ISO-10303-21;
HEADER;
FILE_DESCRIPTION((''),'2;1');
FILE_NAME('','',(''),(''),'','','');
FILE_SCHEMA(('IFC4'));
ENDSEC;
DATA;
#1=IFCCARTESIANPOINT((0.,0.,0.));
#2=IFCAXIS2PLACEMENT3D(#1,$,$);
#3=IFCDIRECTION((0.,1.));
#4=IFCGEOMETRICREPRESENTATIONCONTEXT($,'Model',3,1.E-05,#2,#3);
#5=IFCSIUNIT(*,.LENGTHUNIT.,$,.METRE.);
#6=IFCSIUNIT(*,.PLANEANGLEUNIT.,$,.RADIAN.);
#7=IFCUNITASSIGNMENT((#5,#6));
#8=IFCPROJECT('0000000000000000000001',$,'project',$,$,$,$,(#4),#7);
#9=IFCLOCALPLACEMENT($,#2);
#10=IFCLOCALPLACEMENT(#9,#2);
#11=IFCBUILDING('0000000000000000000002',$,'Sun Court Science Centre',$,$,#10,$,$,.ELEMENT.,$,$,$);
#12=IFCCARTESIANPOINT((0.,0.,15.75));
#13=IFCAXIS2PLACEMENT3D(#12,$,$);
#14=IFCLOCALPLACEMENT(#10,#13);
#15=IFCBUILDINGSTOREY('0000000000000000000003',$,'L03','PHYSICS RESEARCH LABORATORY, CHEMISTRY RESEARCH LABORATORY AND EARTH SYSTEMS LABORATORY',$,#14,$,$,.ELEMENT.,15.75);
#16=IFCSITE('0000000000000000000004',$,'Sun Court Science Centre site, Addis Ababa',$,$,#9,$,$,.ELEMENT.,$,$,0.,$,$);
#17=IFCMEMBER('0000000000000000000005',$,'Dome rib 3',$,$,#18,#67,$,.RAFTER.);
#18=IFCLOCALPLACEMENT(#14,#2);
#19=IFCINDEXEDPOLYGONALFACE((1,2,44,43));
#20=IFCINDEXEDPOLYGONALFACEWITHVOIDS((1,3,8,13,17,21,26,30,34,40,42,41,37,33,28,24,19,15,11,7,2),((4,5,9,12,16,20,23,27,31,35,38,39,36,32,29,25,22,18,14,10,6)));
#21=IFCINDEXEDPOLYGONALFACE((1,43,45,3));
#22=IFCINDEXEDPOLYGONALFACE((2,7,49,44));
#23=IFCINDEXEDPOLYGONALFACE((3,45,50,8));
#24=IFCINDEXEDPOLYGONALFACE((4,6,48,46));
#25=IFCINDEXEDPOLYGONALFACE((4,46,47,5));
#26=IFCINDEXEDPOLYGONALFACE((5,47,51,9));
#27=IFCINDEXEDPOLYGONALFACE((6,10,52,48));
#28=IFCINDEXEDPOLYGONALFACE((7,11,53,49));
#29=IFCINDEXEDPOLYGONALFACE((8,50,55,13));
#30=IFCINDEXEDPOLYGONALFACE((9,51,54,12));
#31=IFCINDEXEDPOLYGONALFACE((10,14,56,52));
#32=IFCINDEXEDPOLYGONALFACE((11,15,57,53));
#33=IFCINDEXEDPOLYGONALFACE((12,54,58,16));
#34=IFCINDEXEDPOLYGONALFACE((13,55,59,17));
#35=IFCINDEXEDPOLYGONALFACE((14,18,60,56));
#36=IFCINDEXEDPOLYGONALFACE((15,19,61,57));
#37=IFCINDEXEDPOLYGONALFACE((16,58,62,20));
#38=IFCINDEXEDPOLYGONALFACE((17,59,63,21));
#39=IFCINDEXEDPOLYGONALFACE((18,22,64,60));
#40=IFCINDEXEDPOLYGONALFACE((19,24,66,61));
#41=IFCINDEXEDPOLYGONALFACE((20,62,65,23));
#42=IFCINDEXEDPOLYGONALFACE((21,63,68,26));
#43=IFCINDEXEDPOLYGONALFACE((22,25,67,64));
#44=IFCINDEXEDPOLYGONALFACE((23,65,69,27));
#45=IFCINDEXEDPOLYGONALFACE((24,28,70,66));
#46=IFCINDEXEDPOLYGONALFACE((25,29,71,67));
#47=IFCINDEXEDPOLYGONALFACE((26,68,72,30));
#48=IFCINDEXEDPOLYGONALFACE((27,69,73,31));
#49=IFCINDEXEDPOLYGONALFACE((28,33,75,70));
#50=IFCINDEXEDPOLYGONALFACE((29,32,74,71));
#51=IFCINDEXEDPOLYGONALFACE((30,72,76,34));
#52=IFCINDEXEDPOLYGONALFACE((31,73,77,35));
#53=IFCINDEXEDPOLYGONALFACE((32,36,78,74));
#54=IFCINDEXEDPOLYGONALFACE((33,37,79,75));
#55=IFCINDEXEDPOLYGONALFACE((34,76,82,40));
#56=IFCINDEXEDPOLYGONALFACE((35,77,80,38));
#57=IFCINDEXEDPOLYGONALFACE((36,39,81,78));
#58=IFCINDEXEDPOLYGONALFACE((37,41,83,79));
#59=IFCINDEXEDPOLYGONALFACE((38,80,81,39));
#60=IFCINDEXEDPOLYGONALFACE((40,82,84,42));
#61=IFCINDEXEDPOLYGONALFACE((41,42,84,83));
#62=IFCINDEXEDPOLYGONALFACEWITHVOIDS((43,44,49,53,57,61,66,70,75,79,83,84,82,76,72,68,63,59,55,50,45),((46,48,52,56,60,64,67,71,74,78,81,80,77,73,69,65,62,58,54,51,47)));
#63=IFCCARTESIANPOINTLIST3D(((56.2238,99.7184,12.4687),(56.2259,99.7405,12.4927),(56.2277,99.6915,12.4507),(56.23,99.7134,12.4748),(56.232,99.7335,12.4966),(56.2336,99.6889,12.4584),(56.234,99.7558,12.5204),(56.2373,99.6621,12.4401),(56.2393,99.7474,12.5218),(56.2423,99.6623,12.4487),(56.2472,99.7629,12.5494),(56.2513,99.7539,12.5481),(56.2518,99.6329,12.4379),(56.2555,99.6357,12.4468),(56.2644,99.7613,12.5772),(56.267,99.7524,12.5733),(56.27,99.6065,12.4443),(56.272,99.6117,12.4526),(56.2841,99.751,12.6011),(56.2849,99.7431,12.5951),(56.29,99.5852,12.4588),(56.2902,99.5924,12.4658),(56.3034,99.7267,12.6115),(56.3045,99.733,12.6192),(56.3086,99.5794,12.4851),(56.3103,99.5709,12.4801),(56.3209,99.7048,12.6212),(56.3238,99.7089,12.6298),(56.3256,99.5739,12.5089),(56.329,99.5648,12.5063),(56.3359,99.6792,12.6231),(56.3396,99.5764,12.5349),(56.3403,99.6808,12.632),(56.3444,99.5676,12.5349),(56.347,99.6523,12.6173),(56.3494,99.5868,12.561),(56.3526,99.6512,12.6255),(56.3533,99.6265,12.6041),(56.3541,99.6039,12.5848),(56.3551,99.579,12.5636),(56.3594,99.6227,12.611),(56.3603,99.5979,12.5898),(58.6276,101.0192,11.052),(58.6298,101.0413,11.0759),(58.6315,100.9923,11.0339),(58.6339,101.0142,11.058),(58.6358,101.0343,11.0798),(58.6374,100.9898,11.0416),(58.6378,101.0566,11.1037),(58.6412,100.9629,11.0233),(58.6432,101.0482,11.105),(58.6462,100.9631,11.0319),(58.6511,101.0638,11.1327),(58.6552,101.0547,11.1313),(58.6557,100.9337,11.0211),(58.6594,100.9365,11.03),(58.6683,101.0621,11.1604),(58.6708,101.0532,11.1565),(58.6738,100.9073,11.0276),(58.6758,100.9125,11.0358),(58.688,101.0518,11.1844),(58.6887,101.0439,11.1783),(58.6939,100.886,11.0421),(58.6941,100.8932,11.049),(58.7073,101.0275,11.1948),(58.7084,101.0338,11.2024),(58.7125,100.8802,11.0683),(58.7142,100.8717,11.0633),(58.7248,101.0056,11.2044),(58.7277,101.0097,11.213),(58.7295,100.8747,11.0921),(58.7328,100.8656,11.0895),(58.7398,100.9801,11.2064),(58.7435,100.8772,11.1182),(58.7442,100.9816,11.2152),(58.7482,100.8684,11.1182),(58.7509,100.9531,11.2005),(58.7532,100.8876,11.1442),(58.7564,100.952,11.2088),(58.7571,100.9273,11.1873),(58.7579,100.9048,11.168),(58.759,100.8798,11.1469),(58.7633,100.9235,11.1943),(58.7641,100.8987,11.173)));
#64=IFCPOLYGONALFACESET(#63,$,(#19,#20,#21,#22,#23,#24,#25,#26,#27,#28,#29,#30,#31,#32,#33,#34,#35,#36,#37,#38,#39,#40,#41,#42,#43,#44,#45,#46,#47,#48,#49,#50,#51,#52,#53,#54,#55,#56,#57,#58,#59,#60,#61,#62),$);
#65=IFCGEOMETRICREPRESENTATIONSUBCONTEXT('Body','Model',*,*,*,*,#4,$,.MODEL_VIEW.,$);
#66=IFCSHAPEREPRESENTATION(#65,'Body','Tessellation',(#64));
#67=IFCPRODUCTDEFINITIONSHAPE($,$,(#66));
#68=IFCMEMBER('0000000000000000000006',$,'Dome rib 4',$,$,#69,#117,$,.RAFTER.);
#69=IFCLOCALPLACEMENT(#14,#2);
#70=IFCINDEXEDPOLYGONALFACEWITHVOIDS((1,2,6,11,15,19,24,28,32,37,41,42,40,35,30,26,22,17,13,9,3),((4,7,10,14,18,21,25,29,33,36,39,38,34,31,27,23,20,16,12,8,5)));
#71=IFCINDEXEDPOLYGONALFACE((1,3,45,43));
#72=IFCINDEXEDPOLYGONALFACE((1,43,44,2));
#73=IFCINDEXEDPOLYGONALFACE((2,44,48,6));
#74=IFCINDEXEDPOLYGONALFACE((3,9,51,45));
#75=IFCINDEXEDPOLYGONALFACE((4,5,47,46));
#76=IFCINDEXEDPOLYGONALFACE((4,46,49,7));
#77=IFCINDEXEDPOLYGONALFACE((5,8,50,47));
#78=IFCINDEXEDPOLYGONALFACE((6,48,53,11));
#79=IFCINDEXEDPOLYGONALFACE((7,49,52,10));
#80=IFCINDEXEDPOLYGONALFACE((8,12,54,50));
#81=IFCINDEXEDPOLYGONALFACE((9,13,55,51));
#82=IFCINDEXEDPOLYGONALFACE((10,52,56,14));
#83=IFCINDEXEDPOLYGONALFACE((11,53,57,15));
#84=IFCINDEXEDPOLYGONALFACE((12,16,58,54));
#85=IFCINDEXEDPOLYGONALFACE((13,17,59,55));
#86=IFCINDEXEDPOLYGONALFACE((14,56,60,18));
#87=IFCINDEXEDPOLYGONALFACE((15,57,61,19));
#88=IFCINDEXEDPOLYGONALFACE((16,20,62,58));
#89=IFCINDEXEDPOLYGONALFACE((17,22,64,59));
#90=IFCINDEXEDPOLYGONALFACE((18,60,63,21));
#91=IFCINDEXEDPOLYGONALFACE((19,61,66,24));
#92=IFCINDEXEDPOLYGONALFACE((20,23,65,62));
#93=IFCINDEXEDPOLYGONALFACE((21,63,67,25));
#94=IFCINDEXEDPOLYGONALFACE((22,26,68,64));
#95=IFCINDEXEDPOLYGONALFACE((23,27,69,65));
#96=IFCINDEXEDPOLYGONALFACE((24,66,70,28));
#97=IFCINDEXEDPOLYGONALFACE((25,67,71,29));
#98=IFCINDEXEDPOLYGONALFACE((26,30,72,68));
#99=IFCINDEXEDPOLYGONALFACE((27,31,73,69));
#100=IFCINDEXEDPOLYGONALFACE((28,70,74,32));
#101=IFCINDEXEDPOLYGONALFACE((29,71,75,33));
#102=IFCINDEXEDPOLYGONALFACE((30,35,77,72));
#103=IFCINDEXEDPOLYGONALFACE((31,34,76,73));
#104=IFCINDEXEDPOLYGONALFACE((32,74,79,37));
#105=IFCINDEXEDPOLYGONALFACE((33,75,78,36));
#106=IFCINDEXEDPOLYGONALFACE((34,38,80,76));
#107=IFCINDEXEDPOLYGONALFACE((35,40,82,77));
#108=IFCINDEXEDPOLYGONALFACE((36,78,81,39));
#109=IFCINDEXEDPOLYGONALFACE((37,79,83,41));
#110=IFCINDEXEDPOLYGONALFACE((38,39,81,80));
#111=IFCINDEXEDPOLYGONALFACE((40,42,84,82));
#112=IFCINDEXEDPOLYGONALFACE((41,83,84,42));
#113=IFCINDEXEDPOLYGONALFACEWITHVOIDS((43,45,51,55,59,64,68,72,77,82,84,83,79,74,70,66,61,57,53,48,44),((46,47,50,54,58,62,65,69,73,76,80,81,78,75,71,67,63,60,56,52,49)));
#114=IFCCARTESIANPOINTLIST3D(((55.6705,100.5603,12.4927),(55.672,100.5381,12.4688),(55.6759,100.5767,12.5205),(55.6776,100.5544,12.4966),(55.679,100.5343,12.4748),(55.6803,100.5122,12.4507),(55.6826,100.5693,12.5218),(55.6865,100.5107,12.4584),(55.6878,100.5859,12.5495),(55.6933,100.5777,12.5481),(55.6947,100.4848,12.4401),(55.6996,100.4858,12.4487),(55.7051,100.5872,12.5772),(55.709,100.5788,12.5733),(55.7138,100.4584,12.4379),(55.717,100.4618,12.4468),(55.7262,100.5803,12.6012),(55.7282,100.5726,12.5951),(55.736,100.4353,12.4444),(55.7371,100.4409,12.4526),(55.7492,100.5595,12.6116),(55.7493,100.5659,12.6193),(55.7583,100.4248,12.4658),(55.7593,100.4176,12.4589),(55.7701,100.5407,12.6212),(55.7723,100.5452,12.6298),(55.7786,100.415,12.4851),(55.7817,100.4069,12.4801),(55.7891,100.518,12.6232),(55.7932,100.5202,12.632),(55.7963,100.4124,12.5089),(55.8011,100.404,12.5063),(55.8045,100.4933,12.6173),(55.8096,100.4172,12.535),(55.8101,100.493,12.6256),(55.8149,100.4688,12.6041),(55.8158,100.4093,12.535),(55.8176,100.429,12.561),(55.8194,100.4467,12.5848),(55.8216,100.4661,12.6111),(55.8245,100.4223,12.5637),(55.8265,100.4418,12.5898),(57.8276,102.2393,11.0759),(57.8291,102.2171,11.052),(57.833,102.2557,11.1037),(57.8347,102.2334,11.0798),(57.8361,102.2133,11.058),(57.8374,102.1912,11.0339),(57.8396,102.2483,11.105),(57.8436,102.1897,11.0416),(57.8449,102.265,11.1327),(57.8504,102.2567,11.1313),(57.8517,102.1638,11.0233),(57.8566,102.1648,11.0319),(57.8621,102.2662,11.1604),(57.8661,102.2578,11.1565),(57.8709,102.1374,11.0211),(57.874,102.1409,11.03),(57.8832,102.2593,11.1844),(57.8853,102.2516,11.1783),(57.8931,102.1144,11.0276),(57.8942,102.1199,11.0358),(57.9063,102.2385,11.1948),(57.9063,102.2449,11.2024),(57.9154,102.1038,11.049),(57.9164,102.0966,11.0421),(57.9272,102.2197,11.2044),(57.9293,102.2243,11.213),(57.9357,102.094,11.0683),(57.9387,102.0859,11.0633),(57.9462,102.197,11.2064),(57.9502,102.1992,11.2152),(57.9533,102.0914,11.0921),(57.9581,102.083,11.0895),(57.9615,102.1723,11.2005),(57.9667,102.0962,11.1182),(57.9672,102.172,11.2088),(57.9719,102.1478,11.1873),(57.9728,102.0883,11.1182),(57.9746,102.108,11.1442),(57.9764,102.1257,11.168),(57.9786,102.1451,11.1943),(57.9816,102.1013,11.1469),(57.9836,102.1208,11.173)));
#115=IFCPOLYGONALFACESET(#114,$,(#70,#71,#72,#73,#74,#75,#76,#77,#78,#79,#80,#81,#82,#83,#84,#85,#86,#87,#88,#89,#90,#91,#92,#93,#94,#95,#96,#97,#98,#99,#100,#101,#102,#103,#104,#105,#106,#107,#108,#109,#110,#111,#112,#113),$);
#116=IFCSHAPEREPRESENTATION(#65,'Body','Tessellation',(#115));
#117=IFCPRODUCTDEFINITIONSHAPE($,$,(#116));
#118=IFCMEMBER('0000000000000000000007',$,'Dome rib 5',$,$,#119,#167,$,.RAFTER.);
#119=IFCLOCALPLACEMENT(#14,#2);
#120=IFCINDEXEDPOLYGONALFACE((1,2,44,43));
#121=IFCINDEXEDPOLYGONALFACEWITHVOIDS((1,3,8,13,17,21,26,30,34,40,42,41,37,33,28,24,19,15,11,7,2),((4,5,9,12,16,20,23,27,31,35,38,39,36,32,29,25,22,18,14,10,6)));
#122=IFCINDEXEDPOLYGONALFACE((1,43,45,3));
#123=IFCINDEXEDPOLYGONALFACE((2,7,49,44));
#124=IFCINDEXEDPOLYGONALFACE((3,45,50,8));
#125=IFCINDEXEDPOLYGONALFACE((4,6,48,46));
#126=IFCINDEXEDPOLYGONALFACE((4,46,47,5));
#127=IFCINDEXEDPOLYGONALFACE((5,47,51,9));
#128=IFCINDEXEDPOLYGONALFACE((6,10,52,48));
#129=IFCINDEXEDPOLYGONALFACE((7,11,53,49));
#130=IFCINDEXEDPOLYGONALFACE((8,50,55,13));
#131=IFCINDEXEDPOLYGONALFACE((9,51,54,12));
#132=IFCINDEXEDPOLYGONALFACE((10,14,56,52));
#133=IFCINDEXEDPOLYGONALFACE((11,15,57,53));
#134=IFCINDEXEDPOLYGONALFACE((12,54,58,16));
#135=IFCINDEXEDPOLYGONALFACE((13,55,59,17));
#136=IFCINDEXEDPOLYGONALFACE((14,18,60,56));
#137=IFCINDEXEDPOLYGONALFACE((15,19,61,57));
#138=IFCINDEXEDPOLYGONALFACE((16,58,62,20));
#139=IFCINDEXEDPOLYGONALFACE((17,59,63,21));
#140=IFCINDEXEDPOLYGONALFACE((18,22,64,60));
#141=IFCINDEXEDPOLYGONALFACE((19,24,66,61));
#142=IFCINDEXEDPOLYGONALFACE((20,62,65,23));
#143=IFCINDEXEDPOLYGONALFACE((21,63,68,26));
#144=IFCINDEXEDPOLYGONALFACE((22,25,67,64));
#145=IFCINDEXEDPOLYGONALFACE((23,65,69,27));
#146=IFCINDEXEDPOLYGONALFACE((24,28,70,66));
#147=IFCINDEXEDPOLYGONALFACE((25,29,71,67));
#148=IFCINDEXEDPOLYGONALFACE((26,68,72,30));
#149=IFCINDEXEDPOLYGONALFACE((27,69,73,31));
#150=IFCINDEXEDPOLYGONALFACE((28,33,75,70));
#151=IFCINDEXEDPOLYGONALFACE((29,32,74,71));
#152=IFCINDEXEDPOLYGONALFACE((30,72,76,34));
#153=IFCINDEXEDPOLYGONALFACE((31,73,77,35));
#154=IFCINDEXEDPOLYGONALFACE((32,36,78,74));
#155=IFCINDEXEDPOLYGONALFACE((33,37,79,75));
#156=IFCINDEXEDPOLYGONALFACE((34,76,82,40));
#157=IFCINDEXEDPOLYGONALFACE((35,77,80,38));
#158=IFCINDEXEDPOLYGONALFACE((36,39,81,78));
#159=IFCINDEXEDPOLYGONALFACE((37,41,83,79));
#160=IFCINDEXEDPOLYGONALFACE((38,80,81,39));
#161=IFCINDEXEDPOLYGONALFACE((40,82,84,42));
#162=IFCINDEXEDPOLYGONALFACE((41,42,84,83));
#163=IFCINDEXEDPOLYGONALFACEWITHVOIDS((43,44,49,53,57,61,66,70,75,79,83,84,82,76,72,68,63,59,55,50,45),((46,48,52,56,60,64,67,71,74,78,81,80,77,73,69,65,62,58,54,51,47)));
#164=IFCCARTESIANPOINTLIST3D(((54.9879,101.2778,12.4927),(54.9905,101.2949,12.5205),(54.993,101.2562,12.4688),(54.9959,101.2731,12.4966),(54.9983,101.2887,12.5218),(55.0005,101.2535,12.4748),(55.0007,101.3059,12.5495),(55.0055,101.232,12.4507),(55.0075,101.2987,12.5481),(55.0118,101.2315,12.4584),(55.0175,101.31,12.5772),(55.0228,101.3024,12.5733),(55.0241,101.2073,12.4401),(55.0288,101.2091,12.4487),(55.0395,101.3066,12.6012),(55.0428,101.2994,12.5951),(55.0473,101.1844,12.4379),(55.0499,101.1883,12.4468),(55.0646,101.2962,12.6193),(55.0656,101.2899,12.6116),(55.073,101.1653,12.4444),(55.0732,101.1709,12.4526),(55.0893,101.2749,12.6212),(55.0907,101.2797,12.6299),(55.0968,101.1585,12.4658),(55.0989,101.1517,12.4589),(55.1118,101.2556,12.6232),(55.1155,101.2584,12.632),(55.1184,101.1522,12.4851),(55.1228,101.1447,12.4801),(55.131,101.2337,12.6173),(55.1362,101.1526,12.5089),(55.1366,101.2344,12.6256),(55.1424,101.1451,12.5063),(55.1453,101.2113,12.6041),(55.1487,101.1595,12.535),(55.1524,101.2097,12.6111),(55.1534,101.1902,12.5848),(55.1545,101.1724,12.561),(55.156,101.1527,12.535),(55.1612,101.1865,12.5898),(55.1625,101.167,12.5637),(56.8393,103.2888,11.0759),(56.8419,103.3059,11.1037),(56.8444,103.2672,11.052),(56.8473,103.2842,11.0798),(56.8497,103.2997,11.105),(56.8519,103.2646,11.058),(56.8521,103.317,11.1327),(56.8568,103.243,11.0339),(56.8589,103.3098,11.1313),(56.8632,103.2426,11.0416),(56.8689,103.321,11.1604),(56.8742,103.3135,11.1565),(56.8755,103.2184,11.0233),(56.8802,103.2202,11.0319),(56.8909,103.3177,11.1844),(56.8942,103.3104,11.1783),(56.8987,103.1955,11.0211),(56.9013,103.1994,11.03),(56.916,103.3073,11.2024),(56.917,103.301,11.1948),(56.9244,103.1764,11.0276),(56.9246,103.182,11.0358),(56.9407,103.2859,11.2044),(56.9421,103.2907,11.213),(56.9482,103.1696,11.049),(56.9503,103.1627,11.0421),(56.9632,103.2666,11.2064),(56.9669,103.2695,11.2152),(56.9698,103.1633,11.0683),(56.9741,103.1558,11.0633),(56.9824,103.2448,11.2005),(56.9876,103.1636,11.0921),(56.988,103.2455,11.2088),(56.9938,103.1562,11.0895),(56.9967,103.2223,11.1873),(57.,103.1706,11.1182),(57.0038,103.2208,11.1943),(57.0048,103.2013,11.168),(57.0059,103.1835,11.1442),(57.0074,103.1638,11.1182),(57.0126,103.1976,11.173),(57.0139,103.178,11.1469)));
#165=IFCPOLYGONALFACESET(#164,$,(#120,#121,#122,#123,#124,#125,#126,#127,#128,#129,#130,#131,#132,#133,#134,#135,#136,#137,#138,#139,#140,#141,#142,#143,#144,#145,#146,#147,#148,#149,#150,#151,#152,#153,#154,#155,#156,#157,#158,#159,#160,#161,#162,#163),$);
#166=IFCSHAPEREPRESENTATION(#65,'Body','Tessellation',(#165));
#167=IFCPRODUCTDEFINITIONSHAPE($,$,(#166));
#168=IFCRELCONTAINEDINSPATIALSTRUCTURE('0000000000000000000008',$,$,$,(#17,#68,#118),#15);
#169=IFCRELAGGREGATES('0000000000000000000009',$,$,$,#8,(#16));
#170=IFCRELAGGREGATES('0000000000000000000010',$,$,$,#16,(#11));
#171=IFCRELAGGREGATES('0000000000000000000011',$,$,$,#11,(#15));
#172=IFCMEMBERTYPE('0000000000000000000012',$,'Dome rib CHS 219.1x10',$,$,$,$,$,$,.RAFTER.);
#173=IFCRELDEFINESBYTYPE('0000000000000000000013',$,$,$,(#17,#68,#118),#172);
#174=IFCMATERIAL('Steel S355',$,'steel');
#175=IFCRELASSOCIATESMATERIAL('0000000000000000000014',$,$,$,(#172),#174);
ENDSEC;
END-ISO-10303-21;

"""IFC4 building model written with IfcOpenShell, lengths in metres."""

from ifc_helpers import new_model, si_unit, direction, frame, origin, origin_2d, place, context, subcontext, project, spatial, hollow_circle, extrude, material, material_profile, profile_set, type_object, element, save


model = new_model("IFC4")

# Units and contexts
model_context = context("Model", 3, precision=1e-05, world=origin(), true_north=direction((0.0, 1.0)))
body_context = subcontext(model_context, "Body", "Model", "MODEL_VIEW")
ifc_project = project(units=[si_unit("LENGTHUNIT", "METRE"), si_unit("PLANEANGLEUNIT", "RADIAN")], contexts=[model_context])

# Site, building, storey
site_placement = place(None, origin())
site = spatial("IfcSite", under=ifc_project, at=site_placement, Name="Sun Court Science Centre site, Addis Ababa", CompositionType="ELEMENT", RefElevation=0.0)
building_placement = place(site_placement, origin())
building = spatial("IfcBuilding", under=site, at=building_placement, Name="Sun Court Science Centre", CompositionType="ELEMENT")
storey_placement = place(building_placement, frame((0.0, 0.0, 15.75)))
storey = spatial("IfcBuildingStorey", under=building, at=storey_placement, Name="L03", Description="PHYSICS RESEARCH LABORATORY, CHEMISTRY RESEARCH LABORATORY AND EARTH SYSTEMS LABORATORY", CompositionType="ELEMENT", Elevation=15.75)

# Members
ifc_material_1 = material(Name="Steel S355", Category="steel")
ifc_material_profile_1 = material_profile(ifc_material_1, hollow_circle(Radius=0.1096, WallThickness=0.01, at=origin_2d()), Name="CHS 219.1x10")
ifc_profile_set_1 = profile_set([ifc_material_profile_1], Name="Steel S355")
member_type_1 = type_object("IfcMemberType", Name="Dome rib CHS 219.1x10", PredefinedType="RAFTER", material=ifc_profile_set_1)
for number, where, z_axis, x_axis, name in (
    (1, (58.696, 100.9648, 11.1182), (-0.780824, -0.42253, 0.460199), (0.475921, -0.879488, 0.0), "Dome rib 3"),
):
    element("IfcMember", number, at=place(storey_placement, frame(where, z_axis=z_axis, x_axis=x_axis)), inside=storey, type_object=member_type_1, Name=name, PredefinedType="RAFTER", context=body_context, shape_type="SweptSolid", body=[
        extrude(hollow_circle(Radius=0.1096, WallThickness=0.01, at=origin_2d()), origin(), (0.0, 0.0, 1.0), 3.0786),
    ])
for number, where, z_axis, x_axis, name in (
    (2, (57.9055, 102.1748, 11.1182), (-0.700606, -0.545338, 0.460171), (0.614237, -0.789121, 0.0), "Dome rib 4"),
    (3, (56.9268, 103.238, 11.1182), (-0.601324, -0.653186, 0.460172), (0.73571, -0.677296, 0.0), "Dome rib 5"),
):
    element("IfcMember", number, at=place(storey_placement, frame(where, z_axis=z_axis, x_axis=x_axis)), inside=storey, type_object=member_type_1, Name=name, PredefinedType="RAFTER", context=body_context, shape_type="SweptSolid", body=[
        extrude(hollow_circle(Radius=0.1096, WallThickness=0.01, at=origin_2d()), origin(), (0.0, 0.0, 1.0), 3.0789),
    ])

save(model, "model.ifc")
